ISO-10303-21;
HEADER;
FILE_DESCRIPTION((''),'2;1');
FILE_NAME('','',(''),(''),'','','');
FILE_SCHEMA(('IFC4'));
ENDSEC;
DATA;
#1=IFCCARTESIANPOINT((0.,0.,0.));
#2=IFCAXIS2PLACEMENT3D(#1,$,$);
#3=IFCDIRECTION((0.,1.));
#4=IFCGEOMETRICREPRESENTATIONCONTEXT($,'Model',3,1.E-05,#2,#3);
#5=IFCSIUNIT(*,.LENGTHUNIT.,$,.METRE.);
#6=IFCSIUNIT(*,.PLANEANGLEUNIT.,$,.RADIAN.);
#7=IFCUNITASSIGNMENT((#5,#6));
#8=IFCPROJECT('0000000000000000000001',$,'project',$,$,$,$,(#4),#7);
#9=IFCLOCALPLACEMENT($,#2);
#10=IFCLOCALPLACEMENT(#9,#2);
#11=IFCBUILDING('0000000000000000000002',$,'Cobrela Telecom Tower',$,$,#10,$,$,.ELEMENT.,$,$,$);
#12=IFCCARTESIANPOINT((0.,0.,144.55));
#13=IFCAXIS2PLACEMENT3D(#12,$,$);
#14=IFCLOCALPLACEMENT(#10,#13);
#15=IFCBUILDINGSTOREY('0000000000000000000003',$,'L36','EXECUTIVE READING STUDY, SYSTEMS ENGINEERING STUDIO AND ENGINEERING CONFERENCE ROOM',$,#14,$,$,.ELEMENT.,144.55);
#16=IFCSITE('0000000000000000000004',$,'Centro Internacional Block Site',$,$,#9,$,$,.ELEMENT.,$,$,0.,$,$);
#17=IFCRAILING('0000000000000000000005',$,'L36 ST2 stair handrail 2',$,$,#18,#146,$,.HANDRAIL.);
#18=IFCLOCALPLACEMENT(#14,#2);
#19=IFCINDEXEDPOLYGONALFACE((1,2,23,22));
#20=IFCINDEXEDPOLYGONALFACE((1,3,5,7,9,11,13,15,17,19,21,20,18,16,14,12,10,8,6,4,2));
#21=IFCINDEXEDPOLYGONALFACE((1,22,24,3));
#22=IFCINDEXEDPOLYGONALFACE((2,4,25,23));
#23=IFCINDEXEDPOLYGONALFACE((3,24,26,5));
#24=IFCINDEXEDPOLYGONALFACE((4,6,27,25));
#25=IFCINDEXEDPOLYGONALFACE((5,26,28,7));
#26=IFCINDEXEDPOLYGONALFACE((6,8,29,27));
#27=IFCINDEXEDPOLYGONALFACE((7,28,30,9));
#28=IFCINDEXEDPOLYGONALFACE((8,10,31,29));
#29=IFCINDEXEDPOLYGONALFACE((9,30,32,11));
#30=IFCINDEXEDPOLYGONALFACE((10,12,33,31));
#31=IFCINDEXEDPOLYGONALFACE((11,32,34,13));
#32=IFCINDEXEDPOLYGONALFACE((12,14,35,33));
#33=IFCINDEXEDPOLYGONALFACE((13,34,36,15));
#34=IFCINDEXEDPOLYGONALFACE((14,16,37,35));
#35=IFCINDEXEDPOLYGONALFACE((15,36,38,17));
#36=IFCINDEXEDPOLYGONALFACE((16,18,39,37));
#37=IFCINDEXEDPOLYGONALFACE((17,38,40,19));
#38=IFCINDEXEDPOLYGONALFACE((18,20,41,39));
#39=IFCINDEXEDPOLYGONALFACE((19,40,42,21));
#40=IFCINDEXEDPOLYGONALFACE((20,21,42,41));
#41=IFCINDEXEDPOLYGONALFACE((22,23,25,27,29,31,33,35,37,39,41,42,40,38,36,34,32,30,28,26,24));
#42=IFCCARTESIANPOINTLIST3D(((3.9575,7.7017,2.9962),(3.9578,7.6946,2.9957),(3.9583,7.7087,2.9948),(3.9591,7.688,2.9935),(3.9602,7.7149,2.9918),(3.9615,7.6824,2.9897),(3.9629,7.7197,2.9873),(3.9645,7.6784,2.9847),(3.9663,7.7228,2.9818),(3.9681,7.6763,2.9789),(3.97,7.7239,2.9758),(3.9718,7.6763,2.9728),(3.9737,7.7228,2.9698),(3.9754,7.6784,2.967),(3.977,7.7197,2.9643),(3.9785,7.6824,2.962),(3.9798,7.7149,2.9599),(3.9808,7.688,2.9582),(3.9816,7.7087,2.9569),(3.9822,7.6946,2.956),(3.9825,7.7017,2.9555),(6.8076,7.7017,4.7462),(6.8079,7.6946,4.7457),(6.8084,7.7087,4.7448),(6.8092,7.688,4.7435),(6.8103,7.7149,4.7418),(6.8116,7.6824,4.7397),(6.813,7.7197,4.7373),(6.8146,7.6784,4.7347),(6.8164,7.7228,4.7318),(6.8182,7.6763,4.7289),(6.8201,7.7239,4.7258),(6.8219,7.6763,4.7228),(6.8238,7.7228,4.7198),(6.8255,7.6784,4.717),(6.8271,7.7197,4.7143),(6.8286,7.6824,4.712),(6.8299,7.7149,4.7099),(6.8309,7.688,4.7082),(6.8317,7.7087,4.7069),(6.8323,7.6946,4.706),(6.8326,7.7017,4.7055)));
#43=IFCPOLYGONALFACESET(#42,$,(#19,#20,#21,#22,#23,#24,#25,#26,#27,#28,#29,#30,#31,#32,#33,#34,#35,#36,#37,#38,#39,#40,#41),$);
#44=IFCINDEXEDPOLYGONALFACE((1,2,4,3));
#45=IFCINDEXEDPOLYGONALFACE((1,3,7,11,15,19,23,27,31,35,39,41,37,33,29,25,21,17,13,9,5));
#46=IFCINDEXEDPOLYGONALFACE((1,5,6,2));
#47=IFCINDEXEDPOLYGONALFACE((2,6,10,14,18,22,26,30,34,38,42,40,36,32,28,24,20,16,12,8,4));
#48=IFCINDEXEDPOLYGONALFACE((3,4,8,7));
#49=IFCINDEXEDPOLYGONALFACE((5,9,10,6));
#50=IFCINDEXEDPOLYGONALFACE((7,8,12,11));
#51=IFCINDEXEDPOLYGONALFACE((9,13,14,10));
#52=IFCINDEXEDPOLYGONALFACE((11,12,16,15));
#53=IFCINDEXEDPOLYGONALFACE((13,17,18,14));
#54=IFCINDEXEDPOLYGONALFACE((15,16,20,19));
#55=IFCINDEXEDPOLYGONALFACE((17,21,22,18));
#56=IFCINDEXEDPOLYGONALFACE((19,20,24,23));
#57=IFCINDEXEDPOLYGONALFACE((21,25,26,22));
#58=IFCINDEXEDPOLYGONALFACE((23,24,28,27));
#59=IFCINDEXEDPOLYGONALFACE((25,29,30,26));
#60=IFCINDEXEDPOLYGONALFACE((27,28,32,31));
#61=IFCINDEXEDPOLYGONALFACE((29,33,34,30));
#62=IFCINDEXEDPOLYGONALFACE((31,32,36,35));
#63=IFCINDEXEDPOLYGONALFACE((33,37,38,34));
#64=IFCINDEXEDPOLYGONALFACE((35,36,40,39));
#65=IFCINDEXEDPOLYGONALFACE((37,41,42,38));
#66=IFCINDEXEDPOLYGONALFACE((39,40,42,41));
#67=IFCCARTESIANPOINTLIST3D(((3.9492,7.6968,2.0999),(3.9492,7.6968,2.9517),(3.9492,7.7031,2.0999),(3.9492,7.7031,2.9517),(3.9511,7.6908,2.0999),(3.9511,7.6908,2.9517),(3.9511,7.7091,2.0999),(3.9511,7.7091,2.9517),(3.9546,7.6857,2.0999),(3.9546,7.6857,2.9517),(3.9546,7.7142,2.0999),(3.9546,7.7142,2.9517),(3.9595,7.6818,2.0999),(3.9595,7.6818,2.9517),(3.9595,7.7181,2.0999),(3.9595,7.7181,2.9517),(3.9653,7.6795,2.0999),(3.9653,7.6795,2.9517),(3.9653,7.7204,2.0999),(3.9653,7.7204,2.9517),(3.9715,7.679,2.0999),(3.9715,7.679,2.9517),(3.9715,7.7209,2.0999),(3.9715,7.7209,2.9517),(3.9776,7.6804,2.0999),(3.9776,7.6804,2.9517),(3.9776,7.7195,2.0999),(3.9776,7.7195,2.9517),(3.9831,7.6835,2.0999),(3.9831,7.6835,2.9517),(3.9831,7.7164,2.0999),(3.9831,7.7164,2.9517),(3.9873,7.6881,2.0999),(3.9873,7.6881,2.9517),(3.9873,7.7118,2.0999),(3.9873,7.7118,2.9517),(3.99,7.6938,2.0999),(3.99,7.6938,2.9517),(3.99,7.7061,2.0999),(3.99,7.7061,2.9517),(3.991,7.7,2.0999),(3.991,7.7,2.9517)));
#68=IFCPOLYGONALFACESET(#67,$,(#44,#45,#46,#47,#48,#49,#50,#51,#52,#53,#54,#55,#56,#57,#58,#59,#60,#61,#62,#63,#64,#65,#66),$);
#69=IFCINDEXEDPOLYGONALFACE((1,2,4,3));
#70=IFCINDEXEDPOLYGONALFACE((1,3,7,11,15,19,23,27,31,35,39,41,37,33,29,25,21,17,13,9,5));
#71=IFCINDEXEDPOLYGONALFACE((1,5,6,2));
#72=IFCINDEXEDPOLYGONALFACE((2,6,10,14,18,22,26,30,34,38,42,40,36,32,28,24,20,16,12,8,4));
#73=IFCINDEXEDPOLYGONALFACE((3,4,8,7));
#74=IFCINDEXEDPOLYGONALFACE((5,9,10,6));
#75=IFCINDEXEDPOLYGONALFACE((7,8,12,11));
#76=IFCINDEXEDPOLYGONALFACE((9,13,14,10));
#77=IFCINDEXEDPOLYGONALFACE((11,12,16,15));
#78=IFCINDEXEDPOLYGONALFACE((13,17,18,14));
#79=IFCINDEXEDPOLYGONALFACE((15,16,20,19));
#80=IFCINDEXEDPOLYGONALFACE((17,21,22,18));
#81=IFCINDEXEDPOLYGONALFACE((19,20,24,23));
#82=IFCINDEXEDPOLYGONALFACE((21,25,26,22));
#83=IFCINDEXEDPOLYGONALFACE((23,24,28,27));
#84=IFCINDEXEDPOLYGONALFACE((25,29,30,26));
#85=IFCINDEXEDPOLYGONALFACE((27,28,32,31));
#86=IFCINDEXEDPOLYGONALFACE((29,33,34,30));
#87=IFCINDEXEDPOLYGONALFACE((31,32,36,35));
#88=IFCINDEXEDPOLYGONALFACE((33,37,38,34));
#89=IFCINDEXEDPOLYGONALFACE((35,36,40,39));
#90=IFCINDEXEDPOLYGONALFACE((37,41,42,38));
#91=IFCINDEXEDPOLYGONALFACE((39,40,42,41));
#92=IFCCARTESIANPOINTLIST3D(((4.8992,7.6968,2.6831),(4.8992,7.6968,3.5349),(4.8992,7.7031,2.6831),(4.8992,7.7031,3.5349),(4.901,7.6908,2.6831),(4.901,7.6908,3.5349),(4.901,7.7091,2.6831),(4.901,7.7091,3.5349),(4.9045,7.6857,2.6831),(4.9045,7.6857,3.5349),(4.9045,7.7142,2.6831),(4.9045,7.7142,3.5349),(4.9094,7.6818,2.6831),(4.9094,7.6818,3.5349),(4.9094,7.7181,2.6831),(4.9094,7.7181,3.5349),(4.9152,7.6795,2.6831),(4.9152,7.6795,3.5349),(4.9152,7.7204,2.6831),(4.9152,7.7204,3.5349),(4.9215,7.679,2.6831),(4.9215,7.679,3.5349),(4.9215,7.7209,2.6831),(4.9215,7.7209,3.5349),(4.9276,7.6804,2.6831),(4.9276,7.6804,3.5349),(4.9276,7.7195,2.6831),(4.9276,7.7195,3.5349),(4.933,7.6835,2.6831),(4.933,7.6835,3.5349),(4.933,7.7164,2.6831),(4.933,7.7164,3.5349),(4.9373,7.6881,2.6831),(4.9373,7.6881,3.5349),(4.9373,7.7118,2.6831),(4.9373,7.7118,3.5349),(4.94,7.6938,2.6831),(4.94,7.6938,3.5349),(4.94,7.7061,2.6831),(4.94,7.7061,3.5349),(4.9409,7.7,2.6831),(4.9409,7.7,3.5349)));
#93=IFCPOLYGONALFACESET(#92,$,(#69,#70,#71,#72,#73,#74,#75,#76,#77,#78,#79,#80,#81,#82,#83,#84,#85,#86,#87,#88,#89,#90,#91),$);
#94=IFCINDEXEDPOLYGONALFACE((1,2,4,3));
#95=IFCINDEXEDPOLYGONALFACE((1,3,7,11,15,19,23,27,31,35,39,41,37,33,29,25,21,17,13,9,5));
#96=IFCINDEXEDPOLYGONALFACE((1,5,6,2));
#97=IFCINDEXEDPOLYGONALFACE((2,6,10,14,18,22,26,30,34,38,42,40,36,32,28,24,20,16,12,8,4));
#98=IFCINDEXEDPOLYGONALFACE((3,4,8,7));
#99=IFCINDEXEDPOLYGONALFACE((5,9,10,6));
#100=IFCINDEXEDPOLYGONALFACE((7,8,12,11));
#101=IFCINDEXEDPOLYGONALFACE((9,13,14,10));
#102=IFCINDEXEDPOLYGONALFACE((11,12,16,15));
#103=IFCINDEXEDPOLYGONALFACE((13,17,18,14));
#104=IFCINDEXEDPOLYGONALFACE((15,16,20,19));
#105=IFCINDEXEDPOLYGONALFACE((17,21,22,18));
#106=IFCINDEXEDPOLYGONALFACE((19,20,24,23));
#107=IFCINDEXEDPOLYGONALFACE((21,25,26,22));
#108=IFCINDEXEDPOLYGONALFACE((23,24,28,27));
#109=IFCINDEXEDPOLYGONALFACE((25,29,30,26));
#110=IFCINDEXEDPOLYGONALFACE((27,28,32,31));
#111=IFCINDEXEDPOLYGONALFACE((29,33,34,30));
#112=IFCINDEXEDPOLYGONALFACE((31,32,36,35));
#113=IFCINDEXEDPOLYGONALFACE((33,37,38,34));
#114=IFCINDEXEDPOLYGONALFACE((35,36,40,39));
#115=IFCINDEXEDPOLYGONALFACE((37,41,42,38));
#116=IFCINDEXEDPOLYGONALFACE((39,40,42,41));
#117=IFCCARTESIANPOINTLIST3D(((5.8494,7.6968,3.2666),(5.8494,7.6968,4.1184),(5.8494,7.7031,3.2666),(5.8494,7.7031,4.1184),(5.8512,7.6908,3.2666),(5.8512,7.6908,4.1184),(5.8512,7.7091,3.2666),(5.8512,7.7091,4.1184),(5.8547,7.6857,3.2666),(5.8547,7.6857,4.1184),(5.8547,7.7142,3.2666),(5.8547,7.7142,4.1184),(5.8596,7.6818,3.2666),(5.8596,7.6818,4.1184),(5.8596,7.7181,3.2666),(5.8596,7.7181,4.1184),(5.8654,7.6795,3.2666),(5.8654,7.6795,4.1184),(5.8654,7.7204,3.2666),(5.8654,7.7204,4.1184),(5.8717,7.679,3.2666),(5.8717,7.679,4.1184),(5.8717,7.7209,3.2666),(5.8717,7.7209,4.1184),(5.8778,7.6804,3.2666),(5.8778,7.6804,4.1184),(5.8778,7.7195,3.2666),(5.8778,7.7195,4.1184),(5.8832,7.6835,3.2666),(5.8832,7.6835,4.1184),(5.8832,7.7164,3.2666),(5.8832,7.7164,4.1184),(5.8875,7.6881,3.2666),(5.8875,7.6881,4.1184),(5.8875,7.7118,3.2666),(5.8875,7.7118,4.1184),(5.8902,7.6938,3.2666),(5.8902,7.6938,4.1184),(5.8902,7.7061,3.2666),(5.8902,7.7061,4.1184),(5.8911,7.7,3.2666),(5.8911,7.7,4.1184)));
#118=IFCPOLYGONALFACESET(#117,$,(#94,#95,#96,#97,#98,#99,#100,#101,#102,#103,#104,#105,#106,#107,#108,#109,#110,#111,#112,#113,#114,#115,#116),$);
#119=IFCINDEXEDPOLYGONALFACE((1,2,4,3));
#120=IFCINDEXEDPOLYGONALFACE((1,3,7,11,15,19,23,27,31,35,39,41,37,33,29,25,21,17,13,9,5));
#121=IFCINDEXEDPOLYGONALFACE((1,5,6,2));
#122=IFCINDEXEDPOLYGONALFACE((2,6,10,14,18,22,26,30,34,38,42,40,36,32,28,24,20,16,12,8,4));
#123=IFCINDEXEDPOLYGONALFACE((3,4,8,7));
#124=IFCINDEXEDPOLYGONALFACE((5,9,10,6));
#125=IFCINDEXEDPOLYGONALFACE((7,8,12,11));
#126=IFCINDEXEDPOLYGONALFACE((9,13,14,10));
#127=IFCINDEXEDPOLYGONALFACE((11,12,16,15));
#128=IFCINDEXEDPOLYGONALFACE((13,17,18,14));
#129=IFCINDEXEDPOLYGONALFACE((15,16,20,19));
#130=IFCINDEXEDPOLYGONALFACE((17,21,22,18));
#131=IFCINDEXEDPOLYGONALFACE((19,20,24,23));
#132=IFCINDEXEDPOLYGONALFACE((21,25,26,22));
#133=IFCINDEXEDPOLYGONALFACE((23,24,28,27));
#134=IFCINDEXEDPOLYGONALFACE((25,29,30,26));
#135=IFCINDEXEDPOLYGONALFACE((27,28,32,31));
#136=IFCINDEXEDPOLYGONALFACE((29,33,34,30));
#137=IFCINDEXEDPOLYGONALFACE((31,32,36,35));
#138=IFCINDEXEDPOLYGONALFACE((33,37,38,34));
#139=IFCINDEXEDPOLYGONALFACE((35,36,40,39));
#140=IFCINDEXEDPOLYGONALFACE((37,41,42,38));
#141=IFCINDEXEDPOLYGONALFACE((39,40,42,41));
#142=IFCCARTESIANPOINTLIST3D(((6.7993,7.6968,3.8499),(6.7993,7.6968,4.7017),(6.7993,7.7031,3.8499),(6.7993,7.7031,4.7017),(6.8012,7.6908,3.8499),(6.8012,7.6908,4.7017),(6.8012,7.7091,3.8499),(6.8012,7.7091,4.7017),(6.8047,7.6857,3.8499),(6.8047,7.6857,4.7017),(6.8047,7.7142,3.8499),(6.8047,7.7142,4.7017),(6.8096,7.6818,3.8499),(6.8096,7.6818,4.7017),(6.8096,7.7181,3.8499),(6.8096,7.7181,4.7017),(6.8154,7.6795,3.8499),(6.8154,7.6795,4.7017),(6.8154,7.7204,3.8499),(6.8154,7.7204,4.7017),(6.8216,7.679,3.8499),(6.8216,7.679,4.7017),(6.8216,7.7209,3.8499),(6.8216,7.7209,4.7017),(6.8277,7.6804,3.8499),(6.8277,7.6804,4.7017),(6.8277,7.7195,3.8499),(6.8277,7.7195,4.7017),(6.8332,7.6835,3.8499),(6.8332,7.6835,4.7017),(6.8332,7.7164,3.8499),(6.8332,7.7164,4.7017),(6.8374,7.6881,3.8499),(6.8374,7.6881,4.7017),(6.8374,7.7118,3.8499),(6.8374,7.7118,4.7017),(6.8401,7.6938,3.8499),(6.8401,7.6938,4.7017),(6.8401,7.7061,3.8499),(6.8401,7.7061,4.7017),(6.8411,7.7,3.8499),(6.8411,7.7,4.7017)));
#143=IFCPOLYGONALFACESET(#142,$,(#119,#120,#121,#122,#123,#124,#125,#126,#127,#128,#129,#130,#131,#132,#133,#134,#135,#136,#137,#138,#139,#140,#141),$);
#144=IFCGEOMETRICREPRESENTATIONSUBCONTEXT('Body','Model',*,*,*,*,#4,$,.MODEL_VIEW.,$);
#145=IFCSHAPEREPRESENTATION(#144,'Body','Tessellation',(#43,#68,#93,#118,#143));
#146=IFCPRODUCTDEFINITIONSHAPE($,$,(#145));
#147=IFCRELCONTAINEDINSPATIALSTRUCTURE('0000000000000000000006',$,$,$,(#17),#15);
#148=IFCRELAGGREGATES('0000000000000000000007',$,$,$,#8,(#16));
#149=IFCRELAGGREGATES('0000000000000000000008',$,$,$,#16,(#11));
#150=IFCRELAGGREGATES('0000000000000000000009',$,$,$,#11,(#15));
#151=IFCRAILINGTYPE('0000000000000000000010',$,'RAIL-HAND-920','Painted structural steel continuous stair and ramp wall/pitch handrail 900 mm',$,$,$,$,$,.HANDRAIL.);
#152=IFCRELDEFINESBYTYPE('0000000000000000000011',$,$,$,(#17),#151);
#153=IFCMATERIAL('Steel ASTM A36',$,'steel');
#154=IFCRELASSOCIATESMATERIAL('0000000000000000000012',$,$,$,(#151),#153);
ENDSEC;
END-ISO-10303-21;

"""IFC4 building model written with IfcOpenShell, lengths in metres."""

from ifc_helpers import new_model, si_unit, direction, frame, origin, origin_2d, place, context, subcontext, project, spatial, circle, extrude, material, type_object, element, save


model = new_model("IFC4")

# Units and contexts
model_context = context("Model", 3, precision=1e-05, world=origin(), true_north=direction((0.0, 1.0)))
body_context = subcontext(model_context, "Body", "Model", "MODEL_VIEW")
ifc_project = project(units=[si_unit("LENGTHUNIT", "METRE"), si_unit("PLANEANGLEUNIT", "RADIAN")], contexts=[model_context])

# Site, building, storey
site_placement = place(None, origin())
site = spatial("IfcSite", under=ifc_project, at=site_placement, Name="Centro Internacional Block Site", CompositionType="ELEMENT", RefElevation=0.0)
building_placement = place(site_placement, origin())
building = spatial("IfcBuilding", under=site, at=building_placement, Name="Cobrela Telecom Tower", CompositionType="ELEMENT")
storey_placement = place(building_placement, frame((0.0, 0.0, 144.55)))
storey = spatial("IfcBuildingStorey", under=building, at=storey_placement, Name="L36", Description="EXECUTIVE READING STUDY, SYSTEMS ENGINEERING STUDIO AND ENGINEERING CONFERENCE ROOM", CompositionType="ELEMENT", Elevation=144.55)

# Railing
ifc_material_1 = material(Name="Steel ASTM A36", Category="steel")
railing_type_1 = type_object("IfcRailingType", Name="RAIL-HAND-920", Description="Painted structural steel continuous stair and ramp wall/pitch handrail 900 mm", PredefinedType="HANDRAIL", material=ifc_material_1)
railing_1_placement = place(storey_placement, frame((3.97, 7.7, 2.0999)))
element("IfcRailing", 1, at=railing_1_placement, inside=storey, type_object=railing_type_1, Name="L36 ST2 stair handrail 2", PredefinedType="HANDRAIL", context=body_context, shape_type="SweptSolid", body=[
    extrude(circle(Radius=0.0239, at=origin_2d()), frame((0.0, 0.0, 0.876), z_axis=(0.852179, 0.0, 0.52325), x_axis=(0.0, 1.0, 0.0)), (0.0, 0.0, 1.0), 3.3445),
    extrude(circle(Radius=0.021, at=origin_2d()), origin(), (0.0, 0.0, 1.0), 0.8518),
    extrude(circle(Radius=0.021, at=origin_2d()), frame((0.95, 0.0, 0.5833)), (0.0, 0.0, 1.0), 0.8518),
    extrude(circle(Radius=0.021, at=origin_2d()), frame((1.9001, 0.0, 1.1667)), (0.0, 0.0, 1.0), 0.8518),
    extrude(circle(Radius=0.021, at=origin_2d()), frame((2.8501, 0.0, 1.75)), (0.0, 0.0, 1.0), 0.8518),
])

save(model, "model.ifc")
